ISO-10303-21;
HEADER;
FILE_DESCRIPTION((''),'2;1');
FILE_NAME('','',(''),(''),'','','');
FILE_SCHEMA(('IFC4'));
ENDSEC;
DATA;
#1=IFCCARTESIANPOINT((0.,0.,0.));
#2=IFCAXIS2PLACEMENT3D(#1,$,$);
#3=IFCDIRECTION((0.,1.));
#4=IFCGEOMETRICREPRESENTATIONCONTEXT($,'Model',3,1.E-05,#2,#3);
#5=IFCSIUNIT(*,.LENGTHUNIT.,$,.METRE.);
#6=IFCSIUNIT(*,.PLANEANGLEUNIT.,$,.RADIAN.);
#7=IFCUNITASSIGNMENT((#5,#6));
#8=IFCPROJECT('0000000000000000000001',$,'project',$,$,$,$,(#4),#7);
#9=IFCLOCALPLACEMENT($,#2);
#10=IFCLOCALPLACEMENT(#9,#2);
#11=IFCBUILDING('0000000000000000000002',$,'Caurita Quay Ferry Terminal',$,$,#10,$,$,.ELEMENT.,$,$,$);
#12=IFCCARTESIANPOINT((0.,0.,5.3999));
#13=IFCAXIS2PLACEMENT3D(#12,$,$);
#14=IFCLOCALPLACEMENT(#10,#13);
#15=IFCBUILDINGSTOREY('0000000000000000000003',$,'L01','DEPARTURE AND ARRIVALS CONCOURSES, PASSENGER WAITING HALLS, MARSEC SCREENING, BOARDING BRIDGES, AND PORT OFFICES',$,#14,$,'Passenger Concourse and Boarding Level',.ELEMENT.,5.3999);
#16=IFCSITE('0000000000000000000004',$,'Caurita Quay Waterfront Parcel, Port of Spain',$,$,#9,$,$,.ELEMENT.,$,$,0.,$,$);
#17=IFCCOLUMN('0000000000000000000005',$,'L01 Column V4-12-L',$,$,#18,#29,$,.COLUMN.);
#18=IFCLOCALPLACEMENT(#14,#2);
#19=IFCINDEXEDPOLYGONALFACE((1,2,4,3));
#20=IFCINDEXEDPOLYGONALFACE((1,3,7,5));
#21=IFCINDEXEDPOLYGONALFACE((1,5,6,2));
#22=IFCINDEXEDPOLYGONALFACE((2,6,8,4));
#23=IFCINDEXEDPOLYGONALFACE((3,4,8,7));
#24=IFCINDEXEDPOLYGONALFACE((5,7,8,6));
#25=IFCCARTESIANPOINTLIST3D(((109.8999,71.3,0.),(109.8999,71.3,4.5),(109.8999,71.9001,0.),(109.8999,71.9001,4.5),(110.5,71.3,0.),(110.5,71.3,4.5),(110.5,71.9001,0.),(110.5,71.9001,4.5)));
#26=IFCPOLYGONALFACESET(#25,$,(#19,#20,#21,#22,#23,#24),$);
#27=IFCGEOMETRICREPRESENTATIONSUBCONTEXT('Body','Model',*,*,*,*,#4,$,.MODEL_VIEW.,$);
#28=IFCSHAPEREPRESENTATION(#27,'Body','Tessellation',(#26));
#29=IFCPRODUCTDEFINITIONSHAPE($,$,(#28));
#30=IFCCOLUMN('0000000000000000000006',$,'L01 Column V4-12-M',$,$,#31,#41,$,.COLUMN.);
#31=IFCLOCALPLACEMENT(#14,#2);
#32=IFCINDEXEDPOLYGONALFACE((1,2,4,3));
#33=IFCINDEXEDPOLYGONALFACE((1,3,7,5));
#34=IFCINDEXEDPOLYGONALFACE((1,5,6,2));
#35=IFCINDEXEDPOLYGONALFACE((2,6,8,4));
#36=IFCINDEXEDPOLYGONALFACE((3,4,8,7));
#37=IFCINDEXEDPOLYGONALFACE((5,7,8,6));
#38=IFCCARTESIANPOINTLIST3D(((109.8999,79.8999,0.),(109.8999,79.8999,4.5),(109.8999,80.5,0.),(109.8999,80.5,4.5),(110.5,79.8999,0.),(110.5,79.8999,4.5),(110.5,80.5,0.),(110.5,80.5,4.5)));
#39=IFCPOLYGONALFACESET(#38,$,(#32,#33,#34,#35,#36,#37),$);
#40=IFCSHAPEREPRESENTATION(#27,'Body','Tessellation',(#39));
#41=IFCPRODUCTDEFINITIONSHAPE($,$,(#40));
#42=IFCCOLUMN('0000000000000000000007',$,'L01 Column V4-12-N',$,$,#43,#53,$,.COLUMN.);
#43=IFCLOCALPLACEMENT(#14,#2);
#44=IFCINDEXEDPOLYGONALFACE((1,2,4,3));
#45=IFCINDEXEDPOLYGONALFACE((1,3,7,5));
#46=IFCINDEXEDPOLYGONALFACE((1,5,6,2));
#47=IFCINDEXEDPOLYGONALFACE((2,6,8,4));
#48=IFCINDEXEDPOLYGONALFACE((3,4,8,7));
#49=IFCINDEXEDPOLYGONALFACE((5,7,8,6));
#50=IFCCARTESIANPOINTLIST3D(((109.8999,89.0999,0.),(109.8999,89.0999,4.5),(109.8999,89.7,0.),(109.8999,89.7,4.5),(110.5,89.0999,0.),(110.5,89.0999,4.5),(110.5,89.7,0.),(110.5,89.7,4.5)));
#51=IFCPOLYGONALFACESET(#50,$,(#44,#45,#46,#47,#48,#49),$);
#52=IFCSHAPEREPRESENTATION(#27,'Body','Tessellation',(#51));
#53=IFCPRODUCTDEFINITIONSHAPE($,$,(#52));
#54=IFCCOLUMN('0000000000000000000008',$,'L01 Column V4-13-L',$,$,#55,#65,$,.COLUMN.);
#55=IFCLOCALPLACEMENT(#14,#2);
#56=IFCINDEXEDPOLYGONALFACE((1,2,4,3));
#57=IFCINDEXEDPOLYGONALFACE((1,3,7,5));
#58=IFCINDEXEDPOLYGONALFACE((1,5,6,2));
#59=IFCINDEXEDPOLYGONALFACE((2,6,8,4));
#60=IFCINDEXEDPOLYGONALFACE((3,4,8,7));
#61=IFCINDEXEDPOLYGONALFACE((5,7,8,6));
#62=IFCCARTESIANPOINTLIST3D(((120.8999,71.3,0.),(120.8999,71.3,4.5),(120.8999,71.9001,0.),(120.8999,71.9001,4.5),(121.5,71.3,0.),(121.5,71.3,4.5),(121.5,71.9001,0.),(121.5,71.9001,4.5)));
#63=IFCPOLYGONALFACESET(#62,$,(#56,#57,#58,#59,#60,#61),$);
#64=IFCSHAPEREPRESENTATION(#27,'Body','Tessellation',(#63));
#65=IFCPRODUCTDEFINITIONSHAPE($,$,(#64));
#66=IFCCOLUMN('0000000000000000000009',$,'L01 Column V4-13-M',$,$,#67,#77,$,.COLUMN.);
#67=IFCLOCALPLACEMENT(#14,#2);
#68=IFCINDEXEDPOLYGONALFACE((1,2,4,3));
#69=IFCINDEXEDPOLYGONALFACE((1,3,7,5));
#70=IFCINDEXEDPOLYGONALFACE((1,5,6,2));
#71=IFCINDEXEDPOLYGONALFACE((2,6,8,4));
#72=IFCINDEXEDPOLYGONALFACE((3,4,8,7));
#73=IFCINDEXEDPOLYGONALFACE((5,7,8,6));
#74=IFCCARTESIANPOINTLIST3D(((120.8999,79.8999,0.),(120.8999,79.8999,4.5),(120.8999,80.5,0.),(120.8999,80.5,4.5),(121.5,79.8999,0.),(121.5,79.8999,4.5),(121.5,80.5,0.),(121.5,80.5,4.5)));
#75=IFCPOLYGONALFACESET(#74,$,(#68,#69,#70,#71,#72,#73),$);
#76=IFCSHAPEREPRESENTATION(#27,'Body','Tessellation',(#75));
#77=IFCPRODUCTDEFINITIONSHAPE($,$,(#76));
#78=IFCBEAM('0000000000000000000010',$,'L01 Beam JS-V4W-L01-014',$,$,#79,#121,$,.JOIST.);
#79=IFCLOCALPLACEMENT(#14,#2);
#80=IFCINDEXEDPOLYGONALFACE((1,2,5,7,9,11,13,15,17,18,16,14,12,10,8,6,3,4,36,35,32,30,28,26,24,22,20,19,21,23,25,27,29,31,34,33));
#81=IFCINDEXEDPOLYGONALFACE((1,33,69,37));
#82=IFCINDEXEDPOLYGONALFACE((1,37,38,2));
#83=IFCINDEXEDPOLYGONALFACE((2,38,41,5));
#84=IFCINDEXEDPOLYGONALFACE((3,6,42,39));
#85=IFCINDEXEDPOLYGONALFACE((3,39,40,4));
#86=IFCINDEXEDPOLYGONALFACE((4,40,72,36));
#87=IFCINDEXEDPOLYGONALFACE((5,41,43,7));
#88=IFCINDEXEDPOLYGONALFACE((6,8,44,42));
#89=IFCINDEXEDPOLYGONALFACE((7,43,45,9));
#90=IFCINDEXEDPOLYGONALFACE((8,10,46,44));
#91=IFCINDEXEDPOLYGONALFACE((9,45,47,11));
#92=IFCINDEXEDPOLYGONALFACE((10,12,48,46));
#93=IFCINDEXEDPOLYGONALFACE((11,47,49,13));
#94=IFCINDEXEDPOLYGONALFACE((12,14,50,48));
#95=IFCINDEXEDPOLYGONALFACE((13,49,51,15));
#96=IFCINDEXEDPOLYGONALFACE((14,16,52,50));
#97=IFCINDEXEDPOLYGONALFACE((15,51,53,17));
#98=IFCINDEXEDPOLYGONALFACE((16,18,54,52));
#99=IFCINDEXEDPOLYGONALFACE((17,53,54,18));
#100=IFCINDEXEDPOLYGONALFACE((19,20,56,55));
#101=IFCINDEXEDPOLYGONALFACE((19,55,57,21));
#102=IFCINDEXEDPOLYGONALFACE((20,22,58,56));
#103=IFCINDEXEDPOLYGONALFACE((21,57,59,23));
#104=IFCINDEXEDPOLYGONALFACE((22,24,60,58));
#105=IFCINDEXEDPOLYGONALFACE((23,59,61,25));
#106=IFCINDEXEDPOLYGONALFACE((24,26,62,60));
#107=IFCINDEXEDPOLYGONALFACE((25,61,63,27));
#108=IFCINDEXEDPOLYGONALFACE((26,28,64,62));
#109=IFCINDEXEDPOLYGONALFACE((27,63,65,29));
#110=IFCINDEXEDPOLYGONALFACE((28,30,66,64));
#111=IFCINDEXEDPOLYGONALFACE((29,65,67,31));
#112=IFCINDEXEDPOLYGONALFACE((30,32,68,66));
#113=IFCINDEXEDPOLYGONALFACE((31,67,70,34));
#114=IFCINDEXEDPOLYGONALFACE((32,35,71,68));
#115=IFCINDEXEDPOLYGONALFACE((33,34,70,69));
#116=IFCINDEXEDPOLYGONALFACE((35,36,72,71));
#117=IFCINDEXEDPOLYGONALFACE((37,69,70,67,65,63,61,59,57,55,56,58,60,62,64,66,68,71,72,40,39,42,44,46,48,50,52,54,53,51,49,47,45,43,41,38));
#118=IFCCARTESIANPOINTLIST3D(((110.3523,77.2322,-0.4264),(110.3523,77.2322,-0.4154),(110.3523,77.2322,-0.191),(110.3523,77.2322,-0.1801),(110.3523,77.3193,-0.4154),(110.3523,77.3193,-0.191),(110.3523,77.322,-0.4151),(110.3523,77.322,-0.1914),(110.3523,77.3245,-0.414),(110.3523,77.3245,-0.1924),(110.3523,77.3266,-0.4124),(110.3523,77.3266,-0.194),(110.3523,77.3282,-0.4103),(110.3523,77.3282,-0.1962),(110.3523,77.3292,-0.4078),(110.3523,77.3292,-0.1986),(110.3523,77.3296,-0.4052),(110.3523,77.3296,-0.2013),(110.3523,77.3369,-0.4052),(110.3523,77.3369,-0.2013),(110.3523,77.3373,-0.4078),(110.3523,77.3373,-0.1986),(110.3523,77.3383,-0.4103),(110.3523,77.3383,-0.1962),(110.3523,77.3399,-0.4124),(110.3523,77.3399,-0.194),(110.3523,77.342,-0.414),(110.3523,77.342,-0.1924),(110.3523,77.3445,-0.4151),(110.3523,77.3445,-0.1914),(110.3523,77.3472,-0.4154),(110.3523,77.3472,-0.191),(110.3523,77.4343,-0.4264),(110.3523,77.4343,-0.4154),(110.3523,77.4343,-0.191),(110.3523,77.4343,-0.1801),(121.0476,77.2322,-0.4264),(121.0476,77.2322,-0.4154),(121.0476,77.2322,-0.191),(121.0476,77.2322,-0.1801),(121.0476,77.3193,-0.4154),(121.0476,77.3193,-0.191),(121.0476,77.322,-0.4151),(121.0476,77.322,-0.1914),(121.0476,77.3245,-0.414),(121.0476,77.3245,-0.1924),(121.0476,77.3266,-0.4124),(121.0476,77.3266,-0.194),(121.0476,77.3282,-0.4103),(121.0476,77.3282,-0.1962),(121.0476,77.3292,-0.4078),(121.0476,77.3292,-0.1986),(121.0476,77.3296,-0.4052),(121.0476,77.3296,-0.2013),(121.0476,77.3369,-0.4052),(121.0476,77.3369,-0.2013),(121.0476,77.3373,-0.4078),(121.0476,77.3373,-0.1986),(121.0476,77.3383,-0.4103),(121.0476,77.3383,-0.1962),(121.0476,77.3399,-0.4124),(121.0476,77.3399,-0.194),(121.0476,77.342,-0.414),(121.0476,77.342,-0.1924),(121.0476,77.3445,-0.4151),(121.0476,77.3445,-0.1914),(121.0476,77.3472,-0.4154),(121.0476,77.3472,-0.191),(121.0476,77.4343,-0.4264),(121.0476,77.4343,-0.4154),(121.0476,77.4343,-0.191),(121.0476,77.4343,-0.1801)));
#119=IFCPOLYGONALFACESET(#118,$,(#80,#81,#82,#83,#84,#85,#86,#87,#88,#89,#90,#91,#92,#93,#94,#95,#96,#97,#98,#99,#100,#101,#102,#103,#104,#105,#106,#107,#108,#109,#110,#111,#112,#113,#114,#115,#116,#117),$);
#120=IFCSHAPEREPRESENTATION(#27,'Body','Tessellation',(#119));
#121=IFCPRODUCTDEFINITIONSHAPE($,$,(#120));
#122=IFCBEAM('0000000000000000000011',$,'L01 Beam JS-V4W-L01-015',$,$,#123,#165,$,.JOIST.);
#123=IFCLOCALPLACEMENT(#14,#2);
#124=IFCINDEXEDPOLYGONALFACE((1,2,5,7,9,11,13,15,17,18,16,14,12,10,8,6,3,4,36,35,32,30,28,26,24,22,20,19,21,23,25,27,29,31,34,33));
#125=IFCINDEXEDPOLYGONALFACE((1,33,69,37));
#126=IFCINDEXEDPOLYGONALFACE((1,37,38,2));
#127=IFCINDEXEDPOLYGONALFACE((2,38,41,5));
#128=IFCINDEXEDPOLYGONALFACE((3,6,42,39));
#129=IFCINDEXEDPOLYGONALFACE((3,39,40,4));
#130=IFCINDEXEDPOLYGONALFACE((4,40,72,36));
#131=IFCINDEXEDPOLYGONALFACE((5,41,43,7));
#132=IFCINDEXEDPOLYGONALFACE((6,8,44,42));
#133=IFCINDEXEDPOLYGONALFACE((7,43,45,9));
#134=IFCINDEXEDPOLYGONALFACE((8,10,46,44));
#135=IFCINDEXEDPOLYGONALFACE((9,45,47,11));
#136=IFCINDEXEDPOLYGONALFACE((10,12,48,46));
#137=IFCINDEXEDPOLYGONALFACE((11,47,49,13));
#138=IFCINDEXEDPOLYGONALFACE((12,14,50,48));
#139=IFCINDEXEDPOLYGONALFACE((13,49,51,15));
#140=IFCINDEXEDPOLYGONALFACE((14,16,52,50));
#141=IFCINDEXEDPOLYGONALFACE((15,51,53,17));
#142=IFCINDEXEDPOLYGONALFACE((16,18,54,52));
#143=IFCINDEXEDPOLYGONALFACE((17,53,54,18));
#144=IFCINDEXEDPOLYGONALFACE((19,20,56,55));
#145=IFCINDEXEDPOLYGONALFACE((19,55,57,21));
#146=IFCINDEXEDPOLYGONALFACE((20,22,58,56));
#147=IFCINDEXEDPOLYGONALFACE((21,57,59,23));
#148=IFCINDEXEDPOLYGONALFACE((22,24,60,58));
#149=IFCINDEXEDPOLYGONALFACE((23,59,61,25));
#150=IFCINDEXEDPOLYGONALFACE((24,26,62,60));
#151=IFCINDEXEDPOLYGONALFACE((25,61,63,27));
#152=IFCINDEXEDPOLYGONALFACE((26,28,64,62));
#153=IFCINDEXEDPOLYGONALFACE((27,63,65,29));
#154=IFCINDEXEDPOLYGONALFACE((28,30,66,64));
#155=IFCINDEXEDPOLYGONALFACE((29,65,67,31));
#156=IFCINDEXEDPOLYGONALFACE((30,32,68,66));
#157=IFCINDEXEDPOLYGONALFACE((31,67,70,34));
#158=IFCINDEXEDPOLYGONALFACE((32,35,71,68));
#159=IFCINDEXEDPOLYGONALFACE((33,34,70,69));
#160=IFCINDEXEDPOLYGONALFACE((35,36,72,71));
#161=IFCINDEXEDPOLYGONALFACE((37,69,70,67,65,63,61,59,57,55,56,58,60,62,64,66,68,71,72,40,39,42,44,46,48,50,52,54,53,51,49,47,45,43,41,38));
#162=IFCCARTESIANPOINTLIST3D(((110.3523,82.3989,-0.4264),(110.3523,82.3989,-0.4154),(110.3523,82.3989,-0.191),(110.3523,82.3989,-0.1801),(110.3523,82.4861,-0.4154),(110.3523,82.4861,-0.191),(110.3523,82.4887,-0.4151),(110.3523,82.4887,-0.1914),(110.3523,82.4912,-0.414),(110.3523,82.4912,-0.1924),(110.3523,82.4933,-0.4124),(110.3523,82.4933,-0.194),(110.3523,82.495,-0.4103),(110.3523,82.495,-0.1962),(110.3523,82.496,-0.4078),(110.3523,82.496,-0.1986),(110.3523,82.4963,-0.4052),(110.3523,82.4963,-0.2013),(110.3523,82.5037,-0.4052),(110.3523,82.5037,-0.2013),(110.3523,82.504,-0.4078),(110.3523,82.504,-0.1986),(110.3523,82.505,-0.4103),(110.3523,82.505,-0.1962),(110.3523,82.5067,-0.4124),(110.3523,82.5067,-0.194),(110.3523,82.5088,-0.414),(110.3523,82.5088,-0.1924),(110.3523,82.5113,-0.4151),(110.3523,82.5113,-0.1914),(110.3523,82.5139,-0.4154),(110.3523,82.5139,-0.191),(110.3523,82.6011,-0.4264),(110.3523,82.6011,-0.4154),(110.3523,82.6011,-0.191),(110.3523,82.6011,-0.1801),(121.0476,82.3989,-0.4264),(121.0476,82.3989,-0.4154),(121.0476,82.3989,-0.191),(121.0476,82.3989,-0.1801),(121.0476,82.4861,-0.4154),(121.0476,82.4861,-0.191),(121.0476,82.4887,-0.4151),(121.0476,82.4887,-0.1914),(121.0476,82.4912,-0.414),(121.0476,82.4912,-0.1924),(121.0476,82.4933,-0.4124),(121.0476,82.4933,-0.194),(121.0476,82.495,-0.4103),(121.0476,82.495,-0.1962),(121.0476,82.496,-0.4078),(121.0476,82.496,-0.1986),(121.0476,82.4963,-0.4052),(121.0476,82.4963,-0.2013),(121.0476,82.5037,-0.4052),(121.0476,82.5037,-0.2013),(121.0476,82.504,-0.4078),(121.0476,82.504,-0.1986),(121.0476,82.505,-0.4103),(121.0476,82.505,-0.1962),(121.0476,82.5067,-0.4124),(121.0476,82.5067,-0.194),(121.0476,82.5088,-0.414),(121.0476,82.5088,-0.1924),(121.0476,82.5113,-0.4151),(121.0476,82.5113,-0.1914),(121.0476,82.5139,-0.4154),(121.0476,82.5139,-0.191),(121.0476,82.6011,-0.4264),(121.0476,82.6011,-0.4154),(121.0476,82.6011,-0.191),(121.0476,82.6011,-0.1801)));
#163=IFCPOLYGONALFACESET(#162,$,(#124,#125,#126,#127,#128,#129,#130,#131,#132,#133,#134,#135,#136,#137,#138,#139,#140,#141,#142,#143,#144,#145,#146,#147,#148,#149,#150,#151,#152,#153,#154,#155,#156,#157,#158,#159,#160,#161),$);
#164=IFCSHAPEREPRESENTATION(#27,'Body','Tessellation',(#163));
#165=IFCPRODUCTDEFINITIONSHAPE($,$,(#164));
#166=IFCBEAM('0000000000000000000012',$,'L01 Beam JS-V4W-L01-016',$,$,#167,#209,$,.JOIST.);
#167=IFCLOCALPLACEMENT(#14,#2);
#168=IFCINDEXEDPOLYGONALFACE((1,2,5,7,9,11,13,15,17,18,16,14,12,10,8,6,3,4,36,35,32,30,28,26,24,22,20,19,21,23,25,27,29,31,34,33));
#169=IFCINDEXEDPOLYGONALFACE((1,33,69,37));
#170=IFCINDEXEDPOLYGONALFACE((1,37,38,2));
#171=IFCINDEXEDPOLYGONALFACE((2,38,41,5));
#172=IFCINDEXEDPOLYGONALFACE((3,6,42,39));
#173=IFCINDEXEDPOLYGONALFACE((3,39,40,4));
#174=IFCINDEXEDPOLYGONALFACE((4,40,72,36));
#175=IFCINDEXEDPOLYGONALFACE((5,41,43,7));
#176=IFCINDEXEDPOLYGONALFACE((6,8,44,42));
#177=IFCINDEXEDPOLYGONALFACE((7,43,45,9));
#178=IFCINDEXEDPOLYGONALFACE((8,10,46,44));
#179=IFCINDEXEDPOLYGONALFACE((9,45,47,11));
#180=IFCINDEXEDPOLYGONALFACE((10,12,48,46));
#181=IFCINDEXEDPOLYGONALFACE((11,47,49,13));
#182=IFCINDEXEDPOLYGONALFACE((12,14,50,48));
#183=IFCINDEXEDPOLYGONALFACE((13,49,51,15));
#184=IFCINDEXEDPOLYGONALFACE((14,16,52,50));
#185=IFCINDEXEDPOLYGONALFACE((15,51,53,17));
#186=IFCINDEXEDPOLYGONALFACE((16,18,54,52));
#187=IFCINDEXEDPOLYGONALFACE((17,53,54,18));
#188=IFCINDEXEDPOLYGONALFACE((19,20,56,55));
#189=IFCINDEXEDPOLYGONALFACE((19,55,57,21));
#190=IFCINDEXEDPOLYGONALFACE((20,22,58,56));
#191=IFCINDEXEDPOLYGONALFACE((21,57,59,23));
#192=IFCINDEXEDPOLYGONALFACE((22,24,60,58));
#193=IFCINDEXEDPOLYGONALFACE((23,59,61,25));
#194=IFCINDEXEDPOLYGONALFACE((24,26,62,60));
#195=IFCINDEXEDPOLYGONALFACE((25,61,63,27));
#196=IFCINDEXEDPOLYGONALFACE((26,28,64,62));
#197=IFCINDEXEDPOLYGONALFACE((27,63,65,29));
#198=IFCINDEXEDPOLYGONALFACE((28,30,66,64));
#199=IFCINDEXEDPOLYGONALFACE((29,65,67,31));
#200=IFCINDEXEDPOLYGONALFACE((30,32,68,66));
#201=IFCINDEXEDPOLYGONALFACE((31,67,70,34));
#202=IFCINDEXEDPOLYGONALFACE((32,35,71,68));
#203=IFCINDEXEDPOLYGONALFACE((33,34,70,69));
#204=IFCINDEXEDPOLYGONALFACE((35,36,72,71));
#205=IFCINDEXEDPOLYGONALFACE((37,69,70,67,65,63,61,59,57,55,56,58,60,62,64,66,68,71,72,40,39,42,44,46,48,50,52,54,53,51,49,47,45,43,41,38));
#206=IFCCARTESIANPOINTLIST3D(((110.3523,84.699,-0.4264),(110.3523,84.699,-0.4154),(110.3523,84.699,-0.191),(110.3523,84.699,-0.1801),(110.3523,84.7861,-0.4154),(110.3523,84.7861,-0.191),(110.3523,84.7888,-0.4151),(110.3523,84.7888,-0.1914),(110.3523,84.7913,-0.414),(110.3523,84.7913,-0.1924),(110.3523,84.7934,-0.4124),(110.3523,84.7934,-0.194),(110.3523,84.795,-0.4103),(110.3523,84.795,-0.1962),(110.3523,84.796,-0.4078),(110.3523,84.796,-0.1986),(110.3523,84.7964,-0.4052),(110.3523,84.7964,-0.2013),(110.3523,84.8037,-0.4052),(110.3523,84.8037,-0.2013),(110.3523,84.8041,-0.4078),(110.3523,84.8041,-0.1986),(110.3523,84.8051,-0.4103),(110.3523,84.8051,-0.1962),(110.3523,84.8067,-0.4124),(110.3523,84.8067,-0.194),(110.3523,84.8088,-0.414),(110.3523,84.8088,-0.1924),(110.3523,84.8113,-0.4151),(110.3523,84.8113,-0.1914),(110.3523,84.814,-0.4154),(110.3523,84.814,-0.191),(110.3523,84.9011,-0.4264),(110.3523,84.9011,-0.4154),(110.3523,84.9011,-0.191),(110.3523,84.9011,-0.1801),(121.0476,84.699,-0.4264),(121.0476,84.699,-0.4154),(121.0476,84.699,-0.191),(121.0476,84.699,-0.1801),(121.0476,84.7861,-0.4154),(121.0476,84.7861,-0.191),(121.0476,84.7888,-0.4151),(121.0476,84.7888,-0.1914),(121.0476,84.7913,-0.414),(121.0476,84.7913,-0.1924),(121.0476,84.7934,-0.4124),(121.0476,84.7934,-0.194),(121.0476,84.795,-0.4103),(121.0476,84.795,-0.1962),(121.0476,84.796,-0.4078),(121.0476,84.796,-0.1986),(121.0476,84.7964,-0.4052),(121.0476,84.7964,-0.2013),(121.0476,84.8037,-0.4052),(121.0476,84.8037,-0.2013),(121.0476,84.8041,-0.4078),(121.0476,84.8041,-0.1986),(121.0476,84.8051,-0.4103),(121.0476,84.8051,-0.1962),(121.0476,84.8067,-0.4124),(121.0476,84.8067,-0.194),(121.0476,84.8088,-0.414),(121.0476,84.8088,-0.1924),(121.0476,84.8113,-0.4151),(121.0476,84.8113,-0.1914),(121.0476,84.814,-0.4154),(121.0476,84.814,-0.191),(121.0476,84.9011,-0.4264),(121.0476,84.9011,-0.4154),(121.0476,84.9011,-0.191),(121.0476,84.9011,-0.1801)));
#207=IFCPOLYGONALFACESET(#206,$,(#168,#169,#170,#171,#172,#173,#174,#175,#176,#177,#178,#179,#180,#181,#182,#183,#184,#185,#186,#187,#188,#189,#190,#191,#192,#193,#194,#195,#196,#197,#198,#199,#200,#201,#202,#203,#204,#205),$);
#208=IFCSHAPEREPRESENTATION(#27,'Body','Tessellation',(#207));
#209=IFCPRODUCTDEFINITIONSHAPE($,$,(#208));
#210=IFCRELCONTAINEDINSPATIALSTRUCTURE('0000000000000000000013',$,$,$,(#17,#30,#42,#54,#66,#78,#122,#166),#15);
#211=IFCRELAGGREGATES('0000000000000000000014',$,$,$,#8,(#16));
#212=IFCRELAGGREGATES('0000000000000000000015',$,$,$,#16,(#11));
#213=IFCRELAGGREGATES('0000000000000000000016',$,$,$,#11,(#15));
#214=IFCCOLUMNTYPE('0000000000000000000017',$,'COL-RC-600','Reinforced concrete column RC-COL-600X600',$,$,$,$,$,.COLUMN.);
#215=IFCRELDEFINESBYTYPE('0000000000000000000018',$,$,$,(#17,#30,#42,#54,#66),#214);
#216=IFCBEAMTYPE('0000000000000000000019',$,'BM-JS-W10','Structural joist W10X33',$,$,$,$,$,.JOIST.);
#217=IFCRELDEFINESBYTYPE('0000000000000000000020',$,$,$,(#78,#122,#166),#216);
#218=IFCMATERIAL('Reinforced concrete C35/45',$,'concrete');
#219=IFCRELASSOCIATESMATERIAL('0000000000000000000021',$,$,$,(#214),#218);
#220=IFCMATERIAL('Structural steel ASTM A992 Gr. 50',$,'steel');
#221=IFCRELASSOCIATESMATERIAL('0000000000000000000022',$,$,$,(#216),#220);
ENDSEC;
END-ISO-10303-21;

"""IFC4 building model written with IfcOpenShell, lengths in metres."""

from ifc_helpers import new_model, si_unit, direction, frame, origin, origin_2d, place, context, subcontext, project, spatial, rectangle, i_section, extrude, material, material_profile, profile_set, type_object, element, save


model = new_model("IFC4")

# Units and contexts
model_context = context("Model", 3, precision=1e-05, world=origin(), true_north=direction((0.0, 1.0)))
body_context = subcontext(model_context, "Body", "Model", "MODEL_VIEW")
ifc_project = project(units=[si_unit("LENGTHUNIT", "METRE"), si_unit("PLANEANGLEUNIT", "RADIAN")], contexts=[model_context])

# Site, building, storey
site_placement = place(None, origin())
site = spatial("IfcSite", under=ifc_project, at=site_placement, Name="Caurita Quay Waterfront Parcel, Port of Spain", CompositionType="ELEMENT", RefElevation=0.0)
building_placement = place(site_placement, origin())
building = spatial("IfcBuilding", under=site, at=building_placement, Name="Caurita Quay Ferry Terminal", CompositionType="ELEMENT")
storey_placement = place(building_placement, frame((0.0, 0.0, 5.3999)))
storey = spatial("IfcBuildingStorey", under=building, at=storey_placement, Name="L01", Description="DEPARTURE AND ARRIVALS CONCOURSES, PASSENGER WAITING HALLS, MARSEC SCREENING, BOARDING BRIDGES, AND PORT OFFICES", LongName="Passenger Concourse and Boarding Level", CompositionType="ELEMENT", Elevation=5.3999)

# Columns
ifc_material_1 = material(Name="Reinforced concrete C35/45", Category="concrete")
ifc_material_profile_1 = material_profile(ifc_material_1, rectangle(XDim=0.6001, YDim=0.6001, at=origin_2d()), Name="RC-COL-600X600")
ifc_profile_set_1 = profile_set([ifc_material_profile_1], Name="Reinforced concrete C35/45")
column_type = type_object("IfcColumnType", Name="COL-RC-600", Description="Reinforced concrete column RC-COL-600X600", PredefinedType="COLUMN", material=ifc_profile_set_1)
for number, where, z_axis, x_axis, name in (
    (1, (110.2, 71.6001, 0.0), (0.0, 0.0, 1.0), (1.0, 0.0, 0.0), "L01 Column V4-12-L"),
    (2, (110.2, 80.2, 0.0), (0.0, 0.0, 1.0), (1.0, 0.0, 0.0), "L01 Column V4-12-M"),
    (3, (110.2, 89.3999, 0.0), (0.0, 0.0, 1.0), (1.0, 0.0, 0.0), "L01 Column V4-12-N"),
    (4, (121.2, 71.6001, 0.0), (0.0, 0.0, 1.0), (1.0, 0.0, 0.0), "L01 Column V4-13-L"),
    (5, (121.2, 80.2, 0.0), (0.0, 0.0, 1.0), (1.0, 0.0, 0.0), "L01 Column V4-13-M"),
):
    element("IfcColumn", number, at=place(storey_placement, frame(where, z_axis=z_axis, x_axis=x_axis)), inside=storey, type_object=column_type, Name=name, PredefinedType="COLUMN", context=body_context, shape_type="SweptSolid", body=[
        extrude(rectangle(XDim=0.6001, YDim=0.6001, at=origin_2d()), origin(), (0.0, 0.0, 1.0), 4.5),
    ])

# Beams
ifc_material_2 = material(Name="Structural steel ASTM A992 Gr. 50", Category="steel")
ifc_material_profile_2 = material_profile(ifc_material_2, i_section(OverallWidth=0.2021, OverallDepth=0.2463, WebThickness=0.0073, FlangeThickness=0.011, FilletRadius=0.0103, at=origin_2d()), Name="W10X33")
ifc_profile_set_2 = profile_set([ifc_material_profile_2], Name="Structural steel ASTM A992 Gr. 50")
beam_type_1 = type_object("IfcBeamType", Name="BM-JS-W10", Description="Structural joist W10X33", PredefinedType="JOIST", material=ifc_profile_set_2)
for number, where, z_axis, x_axis, name in (
    (6, (110.3523, 77.3333, -0.3032), (1.0, 0.0, 0.0), (0.0, 1.0, 0.0), "L01 Beam JS-V4W-L01-014"),
    (7, (110.3523, 82.5, -0.3032), (1.0, 0.0, 0.0), (0.0, 1.0, 0.0), "L01 Beam JS-V4W-L01-015"),
    (8, (110.3523, 84.8, -0.3032), (1.0, 0.0, 0.0), (0.0, 1.0, 0.0), "L01 Beam JS-V4W-L01-016"),
):
    element("IfcBeam", number, at=place(storey_placement, frame(where, z_axis=z_axis, x_axis=x_axis)), inside=storey, type_object=beam_type_1, Name=name, PredefinedType="JOIST", context=body_context, shape_type="SweptSolid", body=[
        extrude(i_section(OverallWidth=0.2021, OverallDepth=0.2463, WebThickness=0.0073, FlangeThickness=0.011, FilletRadius=0.0103, at=origin_2d()), origin(), (0.0, 0.0, 1.0), 10.6953),
    ])

save(model, "model.ifc")
